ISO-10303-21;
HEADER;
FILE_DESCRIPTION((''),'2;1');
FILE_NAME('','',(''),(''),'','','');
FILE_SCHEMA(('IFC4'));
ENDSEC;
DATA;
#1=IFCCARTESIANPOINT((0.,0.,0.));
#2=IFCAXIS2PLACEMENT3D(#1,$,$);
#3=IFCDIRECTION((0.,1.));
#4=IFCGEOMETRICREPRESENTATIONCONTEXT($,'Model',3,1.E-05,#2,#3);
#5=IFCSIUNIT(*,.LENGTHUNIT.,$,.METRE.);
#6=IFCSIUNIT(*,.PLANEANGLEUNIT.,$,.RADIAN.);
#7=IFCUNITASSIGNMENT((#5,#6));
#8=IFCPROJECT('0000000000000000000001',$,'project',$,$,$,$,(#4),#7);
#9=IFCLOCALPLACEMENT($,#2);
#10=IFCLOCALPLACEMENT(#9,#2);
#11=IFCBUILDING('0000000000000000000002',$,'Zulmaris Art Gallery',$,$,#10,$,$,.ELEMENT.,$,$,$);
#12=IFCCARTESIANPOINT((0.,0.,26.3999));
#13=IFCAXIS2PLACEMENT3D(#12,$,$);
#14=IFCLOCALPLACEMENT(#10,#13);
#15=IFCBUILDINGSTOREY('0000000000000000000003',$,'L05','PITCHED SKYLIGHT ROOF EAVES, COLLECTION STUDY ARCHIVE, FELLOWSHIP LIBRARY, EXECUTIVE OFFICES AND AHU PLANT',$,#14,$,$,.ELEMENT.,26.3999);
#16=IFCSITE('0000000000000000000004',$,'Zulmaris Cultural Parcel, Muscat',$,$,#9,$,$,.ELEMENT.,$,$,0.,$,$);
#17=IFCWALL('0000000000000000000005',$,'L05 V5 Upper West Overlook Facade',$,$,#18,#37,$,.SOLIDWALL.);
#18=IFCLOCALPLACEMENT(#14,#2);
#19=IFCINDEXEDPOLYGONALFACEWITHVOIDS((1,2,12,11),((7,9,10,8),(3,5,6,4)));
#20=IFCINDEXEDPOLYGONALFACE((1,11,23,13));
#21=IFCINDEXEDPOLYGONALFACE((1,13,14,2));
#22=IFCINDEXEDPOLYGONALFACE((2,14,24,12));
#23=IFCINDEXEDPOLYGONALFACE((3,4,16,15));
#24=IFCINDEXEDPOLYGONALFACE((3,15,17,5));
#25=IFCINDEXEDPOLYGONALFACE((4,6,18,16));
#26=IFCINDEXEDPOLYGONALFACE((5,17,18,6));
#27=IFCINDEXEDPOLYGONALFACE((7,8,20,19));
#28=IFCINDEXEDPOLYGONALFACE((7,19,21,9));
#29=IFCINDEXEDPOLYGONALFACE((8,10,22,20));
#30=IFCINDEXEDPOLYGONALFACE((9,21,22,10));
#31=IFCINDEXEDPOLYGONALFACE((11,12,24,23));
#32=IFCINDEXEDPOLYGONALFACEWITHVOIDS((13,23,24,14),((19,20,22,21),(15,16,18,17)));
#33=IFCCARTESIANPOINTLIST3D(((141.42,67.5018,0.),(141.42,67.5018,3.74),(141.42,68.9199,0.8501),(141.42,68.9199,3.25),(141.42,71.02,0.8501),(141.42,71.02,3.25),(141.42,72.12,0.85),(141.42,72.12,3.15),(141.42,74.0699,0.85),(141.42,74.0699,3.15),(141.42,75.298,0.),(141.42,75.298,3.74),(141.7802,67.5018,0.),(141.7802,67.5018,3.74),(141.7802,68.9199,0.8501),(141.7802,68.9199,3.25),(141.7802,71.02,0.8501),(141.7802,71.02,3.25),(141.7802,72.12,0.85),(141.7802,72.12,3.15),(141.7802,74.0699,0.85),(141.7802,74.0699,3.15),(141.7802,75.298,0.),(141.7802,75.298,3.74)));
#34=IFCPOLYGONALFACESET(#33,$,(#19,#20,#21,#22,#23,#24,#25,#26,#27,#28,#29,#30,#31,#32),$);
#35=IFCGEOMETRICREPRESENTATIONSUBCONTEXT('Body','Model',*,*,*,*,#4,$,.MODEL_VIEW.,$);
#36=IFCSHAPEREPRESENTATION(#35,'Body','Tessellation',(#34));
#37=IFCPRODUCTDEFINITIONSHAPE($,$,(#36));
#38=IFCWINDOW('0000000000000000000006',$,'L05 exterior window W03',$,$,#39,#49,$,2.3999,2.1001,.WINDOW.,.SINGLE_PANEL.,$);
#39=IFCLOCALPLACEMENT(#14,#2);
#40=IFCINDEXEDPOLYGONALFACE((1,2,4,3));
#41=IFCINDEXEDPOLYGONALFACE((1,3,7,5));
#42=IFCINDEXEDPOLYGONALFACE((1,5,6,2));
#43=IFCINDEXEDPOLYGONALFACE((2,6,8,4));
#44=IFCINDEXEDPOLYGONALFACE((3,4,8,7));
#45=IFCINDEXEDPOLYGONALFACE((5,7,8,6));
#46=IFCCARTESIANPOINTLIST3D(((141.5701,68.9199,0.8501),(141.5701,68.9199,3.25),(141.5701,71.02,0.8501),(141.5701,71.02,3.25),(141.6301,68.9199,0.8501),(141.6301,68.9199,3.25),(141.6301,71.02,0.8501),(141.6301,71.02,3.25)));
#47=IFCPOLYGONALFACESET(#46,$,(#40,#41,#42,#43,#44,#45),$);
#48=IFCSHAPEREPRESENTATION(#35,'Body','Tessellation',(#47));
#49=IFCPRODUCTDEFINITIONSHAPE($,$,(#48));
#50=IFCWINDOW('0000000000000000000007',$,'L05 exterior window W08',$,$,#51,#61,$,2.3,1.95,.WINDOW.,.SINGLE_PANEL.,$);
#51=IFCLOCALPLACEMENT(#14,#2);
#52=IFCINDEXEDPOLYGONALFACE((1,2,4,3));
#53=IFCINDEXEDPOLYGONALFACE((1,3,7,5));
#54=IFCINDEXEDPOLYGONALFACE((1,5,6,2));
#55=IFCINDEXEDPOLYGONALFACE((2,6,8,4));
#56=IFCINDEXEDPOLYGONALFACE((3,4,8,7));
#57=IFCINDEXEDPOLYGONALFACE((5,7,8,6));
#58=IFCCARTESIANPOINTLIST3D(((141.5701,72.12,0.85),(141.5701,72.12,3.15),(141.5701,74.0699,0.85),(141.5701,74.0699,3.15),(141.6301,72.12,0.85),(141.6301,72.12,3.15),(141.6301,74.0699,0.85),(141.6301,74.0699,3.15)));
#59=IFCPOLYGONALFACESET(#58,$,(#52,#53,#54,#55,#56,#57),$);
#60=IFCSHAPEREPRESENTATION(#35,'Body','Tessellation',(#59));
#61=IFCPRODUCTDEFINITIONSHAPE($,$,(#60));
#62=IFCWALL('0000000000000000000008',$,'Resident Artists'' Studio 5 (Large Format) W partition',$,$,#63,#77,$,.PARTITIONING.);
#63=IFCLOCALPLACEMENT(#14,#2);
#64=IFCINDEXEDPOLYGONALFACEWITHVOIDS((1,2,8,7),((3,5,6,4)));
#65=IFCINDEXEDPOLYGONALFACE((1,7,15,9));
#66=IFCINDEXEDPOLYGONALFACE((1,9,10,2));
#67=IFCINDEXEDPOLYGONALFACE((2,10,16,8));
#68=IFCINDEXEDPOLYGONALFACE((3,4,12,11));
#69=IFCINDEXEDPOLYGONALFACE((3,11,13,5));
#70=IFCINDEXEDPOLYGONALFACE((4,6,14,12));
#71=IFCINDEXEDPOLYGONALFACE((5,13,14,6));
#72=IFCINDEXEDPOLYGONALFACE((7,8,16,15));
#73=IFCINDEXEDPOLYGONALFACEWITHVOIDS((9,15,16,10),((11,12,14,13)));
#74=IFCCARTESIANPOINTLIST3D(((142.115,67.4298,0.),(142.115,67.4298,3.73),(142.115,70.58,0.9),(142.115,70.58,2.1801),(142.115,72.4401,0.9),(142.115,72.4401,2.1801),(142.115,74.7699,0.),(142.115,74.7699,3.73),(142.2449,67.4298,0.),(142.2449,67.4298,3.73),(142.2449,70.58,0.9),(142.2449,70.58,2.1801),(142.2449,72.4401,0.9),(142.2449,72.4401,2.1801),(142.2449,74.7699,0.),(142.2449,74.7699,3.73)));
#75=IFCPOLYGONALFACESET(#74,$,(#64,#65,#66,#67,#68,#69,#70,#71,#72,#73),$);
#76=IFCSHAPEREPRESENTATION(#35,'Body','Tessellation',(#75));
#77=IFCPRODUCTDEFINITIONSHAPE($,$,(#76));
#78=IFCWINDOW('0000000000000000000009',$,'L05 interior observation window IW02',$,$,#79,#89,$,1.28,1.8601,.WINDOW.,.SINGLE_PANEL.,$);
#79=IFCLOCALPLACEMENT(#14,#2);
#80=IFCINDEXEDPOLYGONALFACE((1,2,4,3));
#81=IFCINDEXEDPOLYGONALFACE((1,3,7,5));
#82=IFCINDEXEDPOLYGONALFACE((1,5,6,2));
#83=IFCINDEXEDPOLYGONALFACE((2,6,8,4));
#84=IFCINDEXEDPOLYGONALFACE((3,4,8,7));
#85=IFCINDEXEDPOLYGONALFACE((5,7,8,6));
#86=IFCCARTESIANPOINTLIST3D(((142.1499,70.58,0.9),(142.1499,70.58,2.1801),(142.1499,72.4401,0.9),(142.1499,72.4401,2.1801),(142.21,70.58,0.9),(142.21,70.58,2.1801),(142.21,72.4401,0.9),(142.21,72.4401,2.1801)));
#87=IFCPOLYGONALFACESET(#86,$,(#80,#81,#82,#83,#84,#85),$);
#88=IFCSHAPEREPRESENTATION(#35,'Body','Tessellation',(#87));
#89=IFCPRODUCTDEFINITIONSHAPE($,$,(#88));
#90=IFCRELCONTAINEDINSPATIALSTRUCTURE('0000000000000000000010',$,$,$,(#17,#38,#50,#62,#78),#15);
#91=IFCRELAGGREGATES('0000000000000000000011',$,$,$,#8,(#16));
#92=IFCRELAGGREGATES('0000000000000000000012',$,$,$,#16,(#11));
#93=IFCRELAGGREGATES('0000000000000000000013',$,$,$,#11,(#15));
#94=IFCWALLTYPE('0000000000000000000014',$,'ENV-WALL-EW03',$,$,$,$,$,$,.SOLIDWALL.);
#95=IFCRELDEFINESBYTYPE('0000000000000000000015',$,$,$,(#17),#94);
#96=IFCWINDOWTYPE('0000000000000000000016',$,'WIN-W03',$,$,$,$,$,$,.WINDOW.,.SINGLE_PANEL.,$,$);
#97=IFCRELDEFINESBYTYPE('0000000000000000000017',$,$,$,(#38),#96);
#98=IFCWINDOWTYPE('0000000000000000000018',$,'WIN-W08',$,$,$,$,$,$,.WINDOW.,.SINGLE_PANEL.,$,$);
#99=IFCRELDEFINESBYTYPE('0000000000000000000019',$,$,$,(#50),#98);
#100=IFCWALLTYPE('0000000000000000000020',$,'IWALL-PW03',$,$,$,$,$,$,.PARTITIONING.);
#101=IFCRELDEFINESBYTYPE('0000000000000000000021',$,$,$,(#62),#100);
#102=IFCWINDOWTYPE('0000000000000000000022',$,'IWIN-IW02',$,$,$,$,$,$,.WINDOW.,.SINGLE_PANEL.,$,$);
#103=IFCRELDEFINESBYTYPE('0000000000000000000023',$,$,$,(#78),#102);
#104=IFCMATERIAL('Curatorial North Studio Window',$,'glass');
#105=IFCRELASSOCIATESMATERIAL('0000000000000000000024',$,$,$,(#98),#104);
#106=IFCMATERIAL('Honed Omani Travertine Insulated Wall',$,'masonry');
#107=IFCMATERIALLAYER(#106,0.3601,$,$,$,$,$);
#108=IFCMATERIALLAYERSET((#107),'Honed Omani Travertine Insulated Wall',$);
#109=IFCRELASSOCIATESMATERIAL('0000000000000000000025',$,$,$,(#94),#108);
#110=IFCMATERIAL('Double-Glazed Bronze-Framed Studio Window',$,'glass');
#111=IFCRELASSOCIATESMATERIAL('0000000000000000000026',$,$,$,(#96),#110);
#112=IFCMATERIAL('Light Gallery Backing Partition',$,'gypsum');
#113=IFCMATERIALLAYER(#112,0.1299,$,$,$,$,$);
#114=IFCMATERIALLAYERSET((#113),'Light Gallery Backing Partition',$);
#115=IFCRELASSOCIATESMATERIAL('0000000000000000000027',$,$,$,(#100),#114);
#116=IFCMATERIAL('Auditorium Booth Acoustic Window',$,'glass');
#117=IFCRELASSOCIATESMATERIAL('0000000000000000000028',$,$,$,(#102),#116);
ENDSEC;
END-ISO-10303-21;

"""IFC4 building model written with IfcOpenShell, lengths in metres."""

from ifc_helpers import new_model, si_unit, direction, frame, frame_2d, origin, place, context, subcontext, project, spatial, rectangle, extrude, material, layer, layer_set, type_object, element, fill, save


model = new_model("IFC4")

# Units and contexts
model_context = context("Model", 3, precision=1e-05, world=origin(), true_north=direction((0.0, 1.0)))
body_context = subcontext(model_context, "Body", "Model", "MODEL_VIEW")
ifc_project = project(units=[si_unit("LENGTHUNIT", "METRE"), si_unit("PLANEANGLEUNIT", "RADIAN")], contexts=[model_context])

# Site, building, storey
site_placement = place(None, origin())
site = spatial("IfcSite", under=ifc_project, at=site_placement, Name="Zulmaris Cultural Parcel, Muscat", CompositionType="ELEMENT", RefElevation=0.0)
building_placement = place(site_placement, origin())
building = spatial("IfcBuilding", under=site, at=building_placement, Name="Zulmaris Art Gallery", CompositionType="ELEMENT")
storey_placement = place(building_placement, frame((0.0, 0.0, 26.3999)))
storey = spatial("IfcBuildingStorey", under=building, at=storey_placement, Name="L05", Description="PITCHED SKYLIGHT ROOF EAVES, COLLECTION STUDY ARCHIVE, FELLOWSHIP LIBRARY, EXECUTIVE OFFICES AND AHU PLANT", CompositionType="ELEMENT", Elevation=26.3999)

# Wall, openings, windows
ifc_material_1 = material(Name="Curatorial North Studio Window", Category="glass")
window_type_1 = type_object("IfcWindowType", Name="WIN-W08", PartitioningType="SINGLE_PANEL", PredefinedType="WINDOW", material=ifc_material_1)
ifc_material_2 = material(Name="Honed Omani Travertine Insulated Wall", Category="masonry")
ifc_layer_1 = layer(ifc_material_2, 0.3601)
ifc_layer_set_1 = layer_set([ifc_layer_1], Name="Honed Omani Travertine Insulated Wall")
wall_type_1 = type_object("IfcWallType", Name="ENV-WALL-EW03", PredefinedType="SOLIDWALL", material=ifc_layer_set_1)
ifc_material_3 = material(Name="Double-Glazed Bronze-Framed Studio Window", Category="glass")
window_type_2 = type_object("IfcWindowType", Name="WIN-W03", PartitioningType="SINGLE_PANEL", PredefinedType="WINDOW", material=ifc_material_3)
wall_1_placement = place(storey_placement, frame((141.6001, 67.502, 0.0), z_axis=(0.0, 0.0, 1.0), x_axis=(0.0, 1.0, 0.0)))
wall_1 = element("IfcWall", 1, at=wall_1_placement, inside=storey, type_object=wall_type_1, Name="L05 V5 Upper West Overlook Facade", PredefinedType="SOLIDWALL", context=body_context, shape_type="SweptSolid", body=[
    extrude(rectangle(XDim=7.7961, YDim=0.3601, at=frame_2d((3.8979, 0.0))), origin(), (0.0, 0.0, 1.0), 3.74),
])
opening_1_placement = place(wall_1_placement, frame((1.418, 0.0, 0.8501)))
opening_1 = element("IfcOpeningElement", 2, at=opening_1_placement, cuts=wall_1, PredefinedType="OPENING", context=body_context, shape_type="SweptSolid", body=[
    extrude(rectangle(XDim=2.1001, YDim=2.3999, at=frame_2d((1.05, 1.2))), frame((0.0, 0.1899, 0.0), z_axis=(0.0, -1.0, 0.0), x_axis=(1.0, 0.0, 0.0)), (0.0, 0.0, 1.0), 0.3801),
])
opening_2_placement = place(wall_1_placement, frame((4.6179, 0.0, 0.8501)))
opening_2 = element("IfcOpeningElement", 3, at=opening_2_placement, cuts=wall_1, PredefinedType="OPENING", context=body_context, shape_type="SweptSolid", body=[
    extrude(rectangle(XDim=1.95, YDim=2.3, at=frame_2d((0.9751, 1.1499))), frame((0.0, 0.1899, 0.0), z_axis=(0.0, -1.0, 0.0), x_axis=(1.0, 0.0, 0.0)), (0.0, 0.0, 1.0), 0.3801),
])
window_1_placement = place(opening_1_placement, origin())
window_1 = element("IfcWindow", 4, at=window_1_placement, inside=storey, type_object=window_type_2, Name="L05 exterior window W03", OverallHeight=2.3999, OverallWidth=2.1001, PartitioningType="SINGLE_PANEL", PredefinedType="WINDOW", context=body_context, shape_type="SweptSolid", body=[
    extrude(rectangle(XDim=2.1001, YDim=2.3999, at=frame_2d((1.05, 1.2))), frame((0.0, 0.03, 0.0), z_axis=(0.0, -1.0, 0.0), x_axis=(1.0, 0.0, 0.0)), (0.0, 0.0, 1.0), 0.0601),
])
fill(opening_1, window_1)
window_2_placement = place(opening_2_placement, origin())
window_2 = element("IfcWindow", 5, at=window_2_placement, inside=storey, type_object=window_type_1, Name="L05 exterior window W08", OverallHeight=2.3, OverallWidth=1.95, PartitioningType="SINGLE_PANEL", PredefinedType="WINDOW", context=body_context, shape_type="SweptSolid", body=[
    extrude(rectangle(XDim=1.95, YDim=2.3, at=frame_2d((0.9751, 1.1499))), frame((0.0, 0.03, 0.0), z_axis=(0.0, -1.0, 0.0), x_axis=(1.0, 0.0, 0.0)), (0.0, 0.0, 1.0), 0.0601),
])
fill(opening_2, window_2)

# Wall, opening, window
ifc_material_4 = material(Name="Light Gallery Backing Partition", Category="gypsum")
ifc_layer_2 = layer(ifc_material_4, 0.1299)
ifc_layer_set_2 = layer_set([ifc_layer_2], Name="Light Gallery Backing Partition")
wall_type_2 = type_object("IfcWallType", Name="IWALL-PW03", PredefinedType="PARTITIONING", material=ifc_layer_set_2)
wall_2_placement = place(storey_placement, frame((142.1799, 67.4299, 0.0), z_axis=(0.0, 0.0, 1.0), x_axis=(0.0, 1.0, 0.0)))
wall_2 = element("IfcWall", 6, at=wall_2_placement, inside=storey, type_object=wall_type_2, Name="Resident Artists' Studio 5 (Large Format) W partition", PredefinedType="PARTITIONING", context=body_context, shape_type="SweptSolid", body=[
    extrude(rectangle(XDim=7.3401, YDim=0.1299, at=frame_2d((3.6699, 0.0))), origin(), (0.0, 0.0, 1.0), 3.73),
])
opening_3_placement = place(wall_2_placement, frame((3.1499, 0.0, 0.8999)))
opening_3 = element("IfcOpeningElement", 7, at=opening_3_placement, cuts=wall_2, PredefinedType="OPENING", context=body_context, shape_type="SweptSolid", body=[
    extrude(rectangle(XDim=1.8601, YDim=1.28, at=frame_2d((0.9302, 0.6401))), frame((0.0, 0.075, 0.0), z_axis=(0.0, -1.0, 0.0), x_axis=(1.0, 0.0, 0.0)), (0.0, 0.0, 1.0), 0.1499),
])
ifc_material_5 = material(Name="Auditorium Booth Acoustic Window", Category="glass")
window_type_3 = type_object("IfcWindowType", Name="IWIN-IW02", PartitioningType="SINGLE_PANEL", PredefinedType="WINDOW", material=ifc_material_5)
window_3_placement = place(opening_3_placement, origin())
window_3 = element("IfcWindow", 8, at=window_3_placement, inside=storey, type_object=window_type_3, Name="L05 interior observation window IW02", OverallHeight=1.28, OverallWidth=1.8601, PartitioningType="SINGLE_PANEL", PredefinedType="WINDOW", context=body_context, shape_type="SweptSolid", body=[
    extrude(rectangle(XDim=1.8601, YDim=1.28, at=frame_2d((0.9302, 0.6401))), frame((0.0, 0.03, 0.0), z_axis=(0.0, -1.0, 0.0), x_axis=(1.0, 0.0, 0.0)), (0.0, 0.0, 1.0), 0.0601),
])
fill(opening_3, window_3)

save(model, "model.ifc")
